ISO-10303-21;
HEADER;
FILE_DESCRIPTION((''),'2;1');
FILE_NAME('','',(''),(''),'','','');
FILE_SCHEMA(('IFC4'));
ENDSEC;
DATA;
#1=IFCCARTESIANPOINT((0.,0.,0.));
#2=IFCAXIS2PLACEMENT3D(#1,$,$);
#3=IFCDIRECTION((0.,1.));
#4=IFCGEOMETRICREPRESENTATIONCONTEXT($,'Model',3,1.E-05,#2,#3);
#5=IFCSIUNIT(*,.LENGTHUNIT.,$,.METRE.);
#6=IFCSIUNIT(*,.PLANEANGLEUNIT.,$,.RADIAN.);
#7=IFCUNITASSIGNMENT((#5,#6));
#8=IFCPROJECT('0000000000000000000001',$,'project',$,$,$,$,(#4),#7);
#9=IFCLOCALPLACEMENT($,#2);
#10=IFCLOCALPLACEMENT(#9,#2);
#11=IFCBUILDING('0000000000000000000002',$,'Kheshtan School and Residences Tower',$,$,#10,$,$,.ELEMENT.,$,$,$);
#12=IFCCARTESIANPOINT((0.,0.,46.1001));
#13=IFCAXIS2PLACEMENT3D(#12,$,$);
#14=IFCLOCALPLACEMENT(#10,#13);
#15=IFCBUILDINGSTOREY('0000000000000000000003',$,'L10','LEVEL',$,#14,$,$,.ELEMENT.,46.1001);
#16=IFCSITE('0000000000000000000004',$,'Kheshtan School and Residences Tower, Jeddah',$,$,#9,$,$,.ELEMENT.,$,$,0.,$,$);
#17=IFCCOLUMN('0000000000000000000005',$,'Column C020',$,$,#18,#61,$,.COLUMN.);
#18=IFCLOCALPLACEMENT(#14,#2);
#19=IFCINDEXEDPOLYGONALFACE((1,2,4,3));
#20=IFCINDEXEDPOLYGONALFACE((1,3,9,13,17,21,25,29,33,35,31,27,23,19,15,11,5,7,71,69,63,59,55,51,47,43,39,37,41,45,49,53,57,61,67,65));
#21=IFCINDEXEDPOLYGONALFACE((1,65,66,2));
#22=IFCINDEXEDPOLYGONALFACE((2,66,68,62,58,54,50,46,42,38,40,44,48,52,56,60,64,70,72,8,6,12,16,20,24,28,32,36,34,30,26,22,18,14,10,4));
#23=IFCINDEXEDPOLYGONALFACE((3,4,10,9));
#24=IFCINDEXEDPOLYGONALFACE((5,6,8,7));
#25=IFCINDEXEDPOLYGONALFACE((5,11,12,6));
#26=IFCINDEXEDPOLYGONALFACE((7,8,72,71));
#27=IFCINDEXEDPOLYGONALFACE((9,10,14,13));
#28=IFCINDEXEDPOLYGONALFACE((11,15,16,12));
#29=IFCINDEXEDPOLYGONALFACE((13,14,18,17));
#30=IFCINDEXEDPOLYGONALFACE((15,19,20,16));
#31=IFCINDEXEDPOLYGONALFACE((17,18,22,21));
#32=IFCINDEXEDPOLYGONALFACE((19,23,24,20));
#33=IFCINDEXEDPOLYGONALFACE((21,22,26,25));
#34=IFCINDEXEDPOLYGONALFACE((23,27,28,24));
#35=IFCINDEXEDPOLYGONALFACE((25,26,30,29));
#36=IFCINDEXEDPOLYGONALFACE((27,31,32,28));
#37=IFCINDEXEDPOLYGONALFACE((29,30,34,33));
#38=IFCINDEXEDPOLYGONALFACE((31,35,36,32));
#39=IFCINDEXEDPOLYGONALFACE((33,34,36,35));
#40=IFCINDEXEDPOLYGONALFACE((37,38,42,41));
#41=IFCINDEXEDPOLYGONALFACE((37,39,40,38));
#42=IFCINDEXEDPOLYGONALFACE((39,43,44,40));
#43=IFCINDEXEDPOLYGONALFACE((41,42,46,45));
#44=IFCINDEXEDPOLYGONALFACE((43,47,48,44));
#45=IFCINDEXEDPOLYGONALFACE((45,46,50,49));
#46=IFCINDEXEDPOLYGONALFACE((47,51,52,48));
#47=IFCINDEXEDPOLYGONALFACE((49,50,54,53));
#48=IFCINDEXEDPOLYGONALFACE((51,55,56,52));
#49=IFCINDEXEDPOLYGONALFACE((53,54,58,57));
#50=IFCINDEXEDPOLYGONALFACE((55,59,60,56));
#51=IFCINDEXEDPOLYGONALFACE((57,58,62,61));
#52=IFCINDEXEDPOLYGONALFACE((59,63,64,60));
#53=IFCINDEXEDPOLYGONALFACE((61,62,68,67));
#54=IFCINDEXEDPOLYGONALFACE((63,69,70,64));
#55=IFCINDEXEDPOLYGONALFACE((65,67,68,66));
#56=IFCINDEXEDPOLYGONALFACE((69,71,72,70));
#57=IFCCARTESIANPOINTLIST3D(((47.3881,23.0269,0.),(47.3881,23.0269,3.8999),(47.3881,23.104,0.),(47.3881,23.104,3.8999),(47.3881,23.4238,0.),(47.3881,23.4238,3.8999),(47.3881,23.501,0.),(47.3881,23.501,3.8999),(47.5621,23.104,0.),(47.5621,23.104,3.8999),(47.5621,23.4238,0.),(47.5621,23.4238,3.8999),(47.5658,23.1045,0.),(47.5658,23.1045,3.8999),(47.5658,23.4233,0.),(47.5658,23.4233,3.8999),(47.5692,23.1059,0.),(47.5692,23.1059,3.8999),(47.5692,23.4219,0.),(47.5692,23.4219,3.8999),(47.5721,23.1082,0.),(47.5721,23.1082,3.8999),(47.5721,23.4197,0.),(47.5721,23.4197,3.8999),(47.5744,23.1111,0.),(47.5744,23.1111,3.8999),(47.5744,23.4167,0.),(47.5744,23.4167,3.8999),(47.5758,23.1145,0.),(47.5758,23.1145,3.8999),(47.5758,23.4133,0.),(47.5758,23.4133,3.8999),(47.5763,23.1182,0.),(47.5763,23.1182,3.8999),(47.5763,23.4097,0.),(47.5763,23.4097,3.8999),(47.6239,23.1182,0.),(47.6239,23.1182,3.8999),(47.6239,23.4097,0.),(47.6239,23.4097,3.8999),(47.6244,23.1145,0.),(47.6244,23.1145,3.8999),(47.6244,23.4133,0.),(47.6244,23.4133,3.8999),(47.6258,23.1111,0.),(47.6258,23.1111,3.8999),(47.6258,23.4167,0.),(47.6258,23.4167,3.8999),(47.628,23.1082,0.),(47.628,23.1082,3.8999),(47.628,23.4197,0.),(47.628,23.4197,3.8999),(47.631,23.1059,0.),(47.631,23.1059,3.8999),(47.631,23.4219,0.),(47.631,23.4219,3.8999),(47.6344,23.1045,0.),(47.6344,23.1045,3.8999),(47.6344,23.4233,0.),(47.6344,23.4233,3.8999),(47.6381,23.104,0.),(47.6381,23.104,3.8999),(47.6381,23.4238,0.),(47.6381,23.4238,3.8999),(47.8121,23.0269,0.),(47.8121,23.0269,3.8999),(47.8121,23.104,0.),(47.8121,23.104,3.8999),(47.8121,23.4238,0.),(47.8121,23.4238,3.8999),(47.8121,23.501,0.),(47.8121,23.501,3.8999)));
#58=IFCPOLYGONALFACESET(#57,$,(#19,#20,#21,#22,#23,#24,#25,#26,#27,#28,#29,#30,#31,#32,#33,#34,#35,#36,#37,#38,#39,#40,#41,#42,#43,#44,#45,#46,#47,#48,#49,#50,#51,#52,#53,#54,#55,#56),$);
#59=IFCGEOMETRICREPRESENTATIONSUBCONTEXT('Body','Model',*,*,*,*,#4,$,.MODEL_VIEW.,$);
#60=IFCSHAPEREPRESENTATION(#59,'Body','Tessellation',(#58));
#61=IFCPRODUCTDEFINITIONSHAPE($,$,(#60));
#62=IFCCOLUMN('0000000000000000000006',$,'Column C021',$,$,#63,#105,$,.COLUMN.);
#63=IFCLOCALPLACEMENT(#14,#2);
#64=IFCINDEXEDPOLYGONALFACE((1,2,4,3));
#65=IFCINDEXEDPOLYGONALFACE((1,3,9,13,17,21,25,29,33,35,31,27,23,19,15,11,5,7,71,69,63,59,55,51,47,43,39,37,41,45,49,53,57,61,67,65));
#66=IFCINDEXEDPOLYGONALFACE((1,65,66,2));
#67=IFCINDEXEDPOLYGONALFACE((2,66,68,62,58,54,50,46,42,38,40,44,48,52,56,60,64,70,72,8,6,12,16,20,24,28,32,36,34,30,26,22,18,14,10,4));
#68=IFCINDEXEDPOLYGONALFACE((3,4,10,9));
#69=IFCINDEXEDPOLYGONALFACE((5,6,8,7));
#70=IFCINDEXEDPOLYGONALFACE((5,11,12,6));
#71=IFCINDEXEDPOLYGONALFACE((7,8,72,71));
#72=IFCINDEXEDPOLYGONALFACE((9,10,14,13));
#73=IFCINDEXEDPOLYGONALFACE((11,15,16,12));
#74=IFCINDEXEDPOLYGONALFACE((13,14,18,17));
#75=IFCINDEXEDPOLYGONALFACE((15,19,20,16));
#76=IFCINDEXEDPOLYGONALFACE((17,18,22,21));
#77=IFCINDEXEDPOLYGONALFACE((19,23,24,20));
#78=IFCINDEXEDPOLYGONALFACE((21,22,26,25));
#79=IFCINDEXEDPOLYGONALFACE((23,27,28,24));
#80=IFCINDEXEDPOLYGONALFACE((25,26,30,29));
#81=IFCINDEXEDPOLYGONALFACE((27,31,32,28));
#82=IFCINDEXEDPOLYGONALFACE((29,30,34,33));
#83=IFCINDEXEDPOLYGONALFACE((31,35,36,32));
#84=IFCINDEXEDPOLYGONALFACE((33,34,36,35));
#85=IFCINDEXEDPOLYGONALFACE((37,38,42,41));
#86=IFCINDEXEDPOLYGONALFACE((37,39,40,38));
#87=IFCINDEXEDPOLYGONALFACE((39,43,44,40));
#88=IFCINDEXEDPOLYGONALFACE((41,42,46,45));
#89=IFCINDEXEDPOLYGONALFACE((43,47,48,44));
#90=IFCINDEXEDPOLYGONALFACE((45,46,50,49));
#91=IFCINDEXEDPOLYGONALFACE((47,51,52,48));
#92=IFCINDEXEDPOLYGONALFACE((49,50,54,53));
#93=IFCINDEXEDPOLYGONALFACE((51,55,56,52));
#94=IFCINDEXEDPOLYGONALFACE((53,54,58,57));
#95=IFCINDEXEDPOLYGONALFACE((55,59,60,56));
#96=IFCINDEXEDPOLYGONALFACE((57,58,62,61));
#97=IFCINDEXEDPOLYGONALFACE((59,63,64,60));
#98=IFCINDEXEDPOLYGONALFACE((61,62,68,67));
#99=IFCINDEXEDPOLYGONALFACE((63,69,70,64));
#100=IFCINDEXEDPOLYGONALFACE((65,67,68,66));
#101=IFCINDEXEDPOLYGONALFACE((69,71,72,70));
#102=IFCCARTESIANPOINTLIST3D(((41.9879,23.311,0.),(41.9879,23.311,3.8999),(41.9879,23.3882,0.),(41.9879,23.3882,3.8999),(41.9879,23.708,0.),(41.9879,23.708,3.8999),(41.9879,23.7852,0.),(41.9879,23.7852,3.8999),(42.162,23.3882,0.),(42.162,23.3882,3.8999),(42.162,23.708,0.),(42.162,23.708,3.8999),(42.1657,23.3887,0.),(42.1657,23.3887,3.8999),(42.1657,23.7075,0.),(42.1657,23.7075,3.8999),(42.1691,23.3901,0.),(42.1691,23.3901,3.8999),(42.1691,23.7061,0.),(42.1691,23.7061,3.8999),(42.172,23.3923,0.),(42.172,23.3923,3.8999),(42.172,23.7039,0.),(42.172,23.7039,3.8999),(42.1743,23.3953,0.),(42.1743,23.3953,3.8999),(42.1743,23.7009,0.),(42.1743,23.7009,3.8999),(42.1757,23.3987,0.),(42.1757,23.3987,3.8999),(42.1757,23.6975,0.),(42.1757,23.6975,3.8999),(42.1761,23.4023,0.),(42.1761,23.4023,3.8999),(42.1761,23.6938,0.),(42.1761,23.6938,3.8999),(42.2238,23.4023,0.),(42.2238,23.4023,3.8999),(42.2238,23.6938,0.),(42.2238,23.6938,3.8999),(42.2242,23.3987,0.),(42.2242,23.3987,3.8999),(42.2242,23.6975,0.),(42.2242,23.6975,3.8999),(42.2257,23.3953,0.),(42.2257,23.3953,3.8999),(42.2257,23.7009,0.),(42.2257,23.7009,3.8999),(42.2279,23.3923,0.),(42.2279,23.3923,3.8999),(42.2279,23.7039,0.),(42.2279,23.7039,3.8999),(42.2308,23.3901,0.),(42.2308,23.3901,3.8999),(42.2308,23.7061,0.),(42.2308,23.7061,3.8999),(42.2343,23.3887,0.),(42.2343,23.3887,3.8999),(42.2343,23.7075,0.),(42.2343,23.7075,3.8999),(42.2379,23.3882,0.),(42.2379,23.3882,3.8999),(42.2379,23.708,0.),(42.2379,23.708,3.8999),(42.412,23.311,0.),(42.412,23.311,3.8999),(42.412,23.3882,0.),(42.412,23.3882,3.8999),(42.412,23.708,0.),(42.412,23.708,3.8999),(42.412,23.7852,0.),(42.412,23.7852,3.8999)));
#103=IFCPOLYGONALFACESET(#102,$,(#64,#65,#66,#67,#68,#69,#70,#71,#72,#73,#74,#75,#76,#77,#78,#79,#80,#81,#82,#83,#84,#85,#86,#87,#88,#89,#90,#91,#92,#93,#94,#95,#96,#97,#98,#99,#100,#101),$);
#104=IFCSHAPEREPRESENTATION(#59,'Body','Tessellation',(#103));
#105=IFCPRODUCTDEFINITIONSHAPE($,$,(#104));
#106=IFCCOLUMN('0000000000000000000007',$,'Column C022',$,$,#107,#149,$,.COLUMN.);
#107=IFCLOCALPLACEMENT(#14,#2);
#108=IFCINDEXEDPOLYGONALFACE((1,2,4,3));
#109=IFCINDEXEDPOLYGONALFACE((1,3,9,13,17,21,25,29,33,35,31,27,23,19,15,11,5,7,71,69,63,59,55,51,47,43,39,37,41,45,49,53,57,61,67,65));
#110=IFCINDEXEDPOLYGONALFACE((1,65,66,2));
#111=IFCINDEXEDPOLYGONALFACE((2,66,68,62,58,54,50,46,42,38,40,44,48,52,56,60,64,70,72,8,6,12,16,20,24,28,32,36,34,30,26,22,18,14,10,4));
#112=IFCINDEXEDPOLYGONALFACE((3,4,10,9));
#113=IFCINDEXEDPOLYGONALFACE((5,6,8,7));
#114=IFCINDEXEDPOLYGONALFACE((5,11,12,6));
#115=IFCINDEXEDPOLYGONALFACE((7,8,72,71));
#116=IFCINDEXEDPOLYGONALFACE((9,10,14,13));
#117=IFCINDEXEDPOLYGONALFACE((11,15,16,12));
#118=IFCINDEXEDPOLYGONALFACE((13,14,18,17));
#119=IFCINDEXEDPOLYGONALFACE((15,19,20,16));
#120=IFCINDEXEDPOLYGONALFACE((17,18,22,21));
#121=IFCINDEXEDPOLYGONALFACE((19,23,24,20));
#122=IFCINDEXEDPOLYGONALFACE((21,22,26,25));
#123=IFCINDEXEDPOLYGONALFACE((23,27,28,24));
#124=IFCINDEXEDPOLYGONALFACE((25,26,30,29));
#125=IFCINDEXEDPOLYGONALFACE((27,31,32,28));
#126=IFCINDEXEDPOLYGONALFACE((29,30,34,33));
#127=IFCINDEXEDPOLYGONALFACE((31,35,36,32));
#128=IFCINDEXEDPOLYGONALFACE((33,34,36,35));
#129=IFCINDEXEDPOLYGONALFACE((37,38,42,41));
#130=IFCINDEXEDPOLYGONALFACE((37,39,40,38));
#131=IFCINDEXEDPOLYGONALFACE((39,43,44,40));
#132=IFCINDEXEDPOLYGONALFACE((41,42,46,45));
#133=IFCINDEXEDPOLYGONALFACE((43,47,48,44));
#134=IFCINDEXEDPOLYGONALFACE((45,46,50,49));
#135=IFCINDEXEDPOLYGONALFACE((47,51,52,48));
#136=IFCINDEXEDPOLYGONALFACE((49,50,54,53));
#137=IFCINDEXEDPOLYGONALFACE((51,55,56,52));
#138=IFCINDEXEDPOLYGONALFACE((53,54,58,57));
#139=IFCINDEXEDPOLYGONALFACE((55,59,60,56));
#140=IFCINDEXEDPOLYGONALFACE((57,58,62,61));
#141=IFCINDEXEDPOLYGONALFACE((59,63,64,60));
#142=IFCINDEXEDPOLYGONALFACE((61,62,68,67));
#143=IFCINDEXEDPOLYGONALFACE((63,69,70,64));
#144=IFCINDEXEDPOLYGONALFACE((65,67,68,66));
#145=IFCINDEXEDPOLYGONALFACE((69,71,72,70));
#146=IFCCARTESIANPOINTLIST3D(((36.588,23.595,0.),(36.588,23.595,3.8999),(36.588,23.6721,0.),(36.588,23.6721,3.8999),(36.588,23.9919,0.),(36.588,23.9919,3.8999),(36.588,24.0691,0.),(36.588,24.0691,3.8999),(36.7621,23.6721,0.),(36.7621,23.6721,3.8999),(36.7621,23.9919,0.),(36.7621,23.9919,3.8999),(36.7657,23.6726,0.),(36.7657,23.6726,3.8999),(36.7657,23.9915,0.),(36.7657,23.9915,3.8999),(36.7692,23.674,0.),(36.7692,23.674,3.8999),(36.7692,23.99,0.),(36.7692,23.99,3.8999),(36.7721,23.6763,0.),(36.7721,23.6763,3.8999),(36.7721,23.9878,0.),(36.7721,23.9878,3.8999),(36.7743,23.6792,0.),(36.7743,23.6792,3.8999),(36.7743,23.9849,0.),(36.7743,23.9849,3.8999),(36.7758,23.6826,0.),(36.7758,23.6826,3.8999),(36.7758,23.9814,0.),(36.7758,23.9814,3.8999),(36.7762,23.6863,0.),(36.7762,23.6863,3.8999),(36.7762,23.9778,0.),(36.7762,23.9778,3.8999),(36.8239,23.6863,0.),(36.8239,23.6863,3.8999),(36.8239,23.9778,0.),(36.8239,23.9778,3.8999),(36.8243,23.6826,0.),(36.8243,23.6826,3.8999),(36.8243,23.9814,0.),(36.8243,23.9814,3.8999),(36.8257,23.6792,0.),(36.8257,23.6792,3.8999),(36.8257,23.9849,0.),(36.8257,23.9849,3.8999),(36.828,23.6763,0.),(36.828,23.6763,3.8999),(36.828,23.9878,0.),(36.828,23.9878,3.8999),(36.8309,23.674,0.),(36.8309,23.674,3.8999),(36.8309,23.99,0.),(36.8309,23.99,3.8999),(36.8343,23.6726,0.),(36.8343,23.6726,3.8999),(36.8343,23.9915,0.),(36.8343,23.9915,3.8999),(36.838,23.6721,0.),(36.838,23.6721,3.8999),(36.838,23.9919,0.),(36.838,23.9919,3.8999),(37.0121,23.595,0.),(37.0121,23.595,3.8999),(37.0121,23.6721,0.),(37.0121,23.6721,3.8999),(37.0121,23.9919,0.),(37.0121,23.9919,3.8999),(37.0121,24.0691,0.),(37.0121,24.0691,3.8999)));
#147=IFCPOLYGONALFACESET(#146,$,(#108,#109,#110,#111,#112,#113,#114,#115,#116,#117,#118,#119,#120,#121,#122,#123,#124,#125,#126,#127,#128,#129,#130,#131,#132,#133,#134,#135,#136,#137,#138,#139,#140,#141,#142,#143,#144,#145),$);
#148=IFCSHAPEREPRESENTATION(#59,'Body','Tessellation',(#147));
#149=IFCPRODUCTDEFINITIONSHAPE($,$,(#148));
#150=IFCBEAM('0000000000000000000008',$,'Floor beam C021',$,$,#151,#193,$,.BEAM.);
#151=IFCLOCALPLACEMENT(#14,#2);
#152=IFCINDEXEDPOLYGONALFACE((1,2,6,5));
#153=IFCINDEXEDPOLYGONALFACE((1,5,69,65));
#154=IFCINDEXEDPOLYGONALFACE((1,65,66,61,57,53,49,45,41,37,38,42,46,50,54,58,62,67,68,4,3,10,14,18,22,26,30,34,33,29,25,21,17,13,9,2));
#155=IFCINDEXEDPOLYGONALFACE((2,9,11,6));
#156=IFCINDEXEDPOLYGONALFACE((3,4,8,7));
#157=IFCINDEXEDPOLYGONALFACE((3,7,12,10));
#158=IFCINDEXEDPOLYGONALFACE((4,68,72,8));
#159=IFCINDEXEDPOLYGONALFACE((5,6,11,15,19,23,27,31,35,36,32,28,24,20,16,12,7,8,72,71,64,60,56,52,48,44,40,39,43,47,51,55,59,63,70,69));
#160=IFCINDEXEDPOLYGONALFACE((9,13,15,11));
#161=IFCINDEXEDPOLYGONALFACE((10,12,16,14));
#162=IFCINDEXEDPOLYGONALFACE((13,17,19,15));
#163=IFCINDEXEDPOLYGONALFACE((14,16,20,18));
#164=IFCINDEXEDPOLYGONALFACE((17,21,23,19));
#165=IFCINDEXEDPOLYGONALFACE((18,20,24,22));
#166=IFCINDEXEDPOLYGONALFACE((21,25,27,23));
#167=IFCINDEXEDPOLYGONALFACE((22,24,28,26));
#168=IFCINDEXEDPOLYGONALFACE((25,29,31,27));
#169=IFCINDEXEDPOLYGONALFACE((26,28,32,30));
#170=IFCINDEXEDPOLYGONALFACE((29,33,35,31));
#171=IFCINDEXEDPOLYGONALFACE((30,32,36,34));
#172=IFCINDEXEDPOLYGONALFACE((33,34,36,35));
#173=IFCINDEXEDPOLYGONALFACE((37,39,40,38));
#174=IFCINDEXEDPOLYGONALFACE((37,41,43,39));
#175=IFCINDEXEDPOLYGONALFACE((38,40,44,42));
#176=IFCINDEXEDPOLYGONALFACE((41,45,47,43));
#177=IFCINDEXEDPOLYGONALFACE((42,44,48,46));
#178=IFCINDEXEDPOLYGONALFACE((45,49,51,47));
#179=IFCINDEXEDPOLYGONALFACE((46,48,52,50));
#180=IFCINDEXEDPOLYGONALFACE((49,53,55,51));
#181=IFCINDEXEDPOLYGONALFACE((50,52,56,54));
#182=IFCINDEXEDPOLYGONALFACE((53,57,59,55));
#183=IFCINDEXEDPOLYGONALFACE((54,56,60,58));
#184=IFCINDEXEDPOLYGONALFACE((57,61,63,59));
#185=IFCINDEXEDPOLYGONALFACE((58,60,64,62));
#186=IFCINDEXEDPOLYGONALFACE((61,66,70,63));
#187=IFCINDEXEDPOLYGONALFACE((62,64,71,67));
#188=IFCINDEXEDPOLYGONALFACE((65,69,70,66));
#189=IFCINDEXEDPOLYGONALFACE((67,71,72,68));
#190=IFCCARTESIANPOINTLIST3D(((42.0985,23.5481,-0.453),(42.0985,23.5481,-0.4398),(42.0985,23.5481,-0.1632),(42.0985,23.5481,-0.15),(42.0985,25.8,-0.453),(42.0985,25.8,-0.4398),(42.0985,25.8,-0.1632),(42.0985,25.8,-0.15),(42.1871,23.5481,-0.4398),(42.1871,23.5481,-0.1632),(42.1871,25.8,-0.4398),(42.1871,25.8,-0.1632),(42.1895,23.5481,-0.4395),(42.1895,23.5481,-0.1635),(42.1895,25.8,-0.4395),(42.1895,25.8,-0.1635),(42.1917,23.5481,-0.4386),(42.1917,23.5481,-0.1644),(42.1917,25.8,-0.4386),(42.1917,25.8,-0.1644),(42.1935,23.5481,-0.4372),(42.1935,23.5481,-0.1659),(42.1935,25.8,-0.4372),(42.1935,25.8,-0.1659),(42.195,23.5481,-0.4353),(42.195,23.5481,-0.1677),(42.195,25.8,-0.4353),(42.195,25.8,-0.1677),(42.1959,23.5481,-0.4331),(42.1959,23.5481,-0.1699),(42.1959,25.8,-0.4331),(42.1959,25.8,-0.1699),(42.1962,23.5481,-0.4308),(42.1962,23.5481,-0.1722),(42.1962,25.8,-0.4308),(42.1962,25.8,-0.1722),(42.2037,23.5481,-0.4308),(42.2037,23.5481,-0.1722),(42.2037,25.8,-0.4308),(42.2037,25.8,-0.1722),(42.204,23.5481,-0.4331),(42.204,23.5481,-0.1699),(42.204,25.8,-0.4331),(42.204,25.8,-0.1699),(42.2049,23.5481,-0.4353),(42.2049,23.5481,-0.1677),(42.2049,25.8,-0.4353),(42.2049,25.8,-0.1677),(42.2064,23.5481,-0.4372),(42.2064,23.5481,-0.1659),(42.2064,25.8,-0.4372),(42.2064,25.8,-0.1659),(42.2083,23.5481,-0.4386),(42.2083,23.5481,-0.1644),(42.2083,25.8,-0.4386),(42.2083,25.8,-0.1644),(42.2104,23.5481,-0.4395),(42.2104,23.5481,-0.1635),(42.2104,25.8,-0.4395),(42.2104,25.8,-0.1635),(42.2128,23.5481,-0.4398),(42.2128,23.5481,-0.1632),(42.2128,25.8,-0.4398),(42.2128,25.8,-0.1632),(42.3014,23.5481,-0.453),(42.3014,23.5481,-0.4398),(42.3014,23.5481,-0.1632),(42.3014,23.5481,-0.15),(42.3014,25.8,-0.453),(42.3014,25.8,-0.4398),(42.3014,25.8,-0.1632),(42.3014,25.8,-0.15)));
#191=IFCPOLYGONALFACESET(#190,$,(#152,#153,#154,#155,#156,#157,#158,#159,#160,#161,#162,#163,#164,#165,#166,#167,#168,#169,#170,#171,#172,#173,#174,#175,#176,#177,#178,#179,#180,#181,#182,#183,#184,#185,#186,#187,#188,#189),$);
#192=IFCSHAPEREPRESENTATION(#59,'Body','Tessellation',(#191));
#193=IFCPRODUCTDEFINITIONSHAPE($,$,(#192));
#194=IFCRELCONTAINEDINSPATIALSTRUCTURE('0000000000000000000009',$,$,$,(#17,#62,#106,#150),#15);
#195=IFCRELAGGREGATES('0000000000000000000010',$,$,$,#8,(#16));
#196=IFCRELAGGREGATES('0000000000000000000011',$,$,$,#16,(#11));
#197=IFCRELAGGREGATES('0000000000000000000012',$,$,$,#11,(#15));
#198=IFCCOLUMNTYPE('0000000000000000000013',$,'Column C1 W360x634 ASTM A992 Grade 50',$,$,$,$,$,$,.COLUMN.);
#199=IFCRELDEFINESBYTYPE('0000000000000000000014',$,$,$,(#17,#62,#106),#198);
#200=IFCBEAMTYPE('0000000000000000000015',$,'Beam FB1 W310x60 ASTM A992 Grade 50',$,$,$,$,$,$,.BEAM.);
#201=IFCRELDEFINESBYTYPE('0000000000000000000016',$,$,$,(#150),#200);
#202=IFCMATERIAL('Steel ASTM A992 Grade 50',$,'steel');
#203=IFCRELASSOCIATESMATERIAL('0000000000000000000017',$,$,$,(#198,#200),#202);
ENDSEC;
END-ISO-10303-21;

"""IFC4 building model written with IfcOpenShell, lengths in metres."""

from ifc_helpers import new_model, si_unit, direction, frame, origin, origin_2d, place, context, subcontext, project, spatial, i_section, extrude, material, material_profile, profile_set, type_object, element, save


model = new_model("IFC4")

# Units and contexts
model_context = context("Model", 3, precision=1e-05, world=origin(), true_north=direction((0.0, 1.0)))
body_context = subcontext(model_context, "Body", "Model", "MODEL_VIEW")
ifc_project = project(units=[si_unit("LENGTHUNIT", "METRE"), si_unit("PLANEANGLEUNIT", "RADIAN")], contexts=[model_context])

# Site, building, storey
site_placement = place(None, origin())
site = spatial("IfcSite", under=ifc_project, at=site_placement, Name="Kheshtan School and Residences Tower, Jeddah", CompositionType="ELEMENT", RefElevation=0.0)
building_placement = place(site_placement, origin())
building = spatial("IfcBuilding", under=site, at=building_placement, Name="Kheshtan School and Residences Tower", CompositionType="ELEMENT")
storey_placement = place(building_placement, frame((0.0, 0.0, 46.1001)))
storey = spatial("IfcBuildingStorey", under=building, at=storey_placement, Name="L10", Description="LEVEL", CompositionType="ELEMENT", Elevation=46.1001)

# Columns
ifc_material_1 = material(Name="Steel ASTM A992 Grade 50", Category="steel")
ifc_material_profile_1 = material_profile(ifc_material_1, i_section(OverallWidth=0.4241, OverallDepth=0.4741, WebThickness=0.0476, FlangeThickness=0.0771, FilletRadius=0.0142, at=origin_2d()), Name="W360x634")
ifc_profile_set_1 = profile_set([ifc_material_profile_1], Name="Steel ASTM A992 Grade 50")
column_type = type_object("IfcColumnType", Name="Column C1 W360x634 ASTM A992 Grade 50", PredefinedType="COLUMN", material=ifc_profile_set_1)
for number, where, z_axis, x_axis, name in (
    (1, (47.6001, 23.2639, 0.0), (0.0, 0.0, 1.0), (1.0, 0.0, 0.0), "Column C020"),
    (2, (42.2, 23.5481, 0.0), (0.0, 0.0, 1.0), (1.0, 0.0, 0.0), "Column C021"),
    (3, (36.8, 23.832, 0.0), (0.0, 0.0, 1.0), (1.0, 0.0, 0.0), "Column C022"),
):
    element("IfcColumn", number, at=place(storey_placement, frame(where, z_axis=z_axis, x_axis=x_axis)), inside=storey, type_object=column_type, Name=name, PredefinedType="COLUMN", context=body_context, shape_type="SweptSolid", body=[
        extrude(i_section(OverallWidth=0.4241, OverallDepth=0.4741, WebThickness=0.0476, FlangeThickness=0.0771, FilletRadius=0.0142, at=origin_2d()), origin(), (0.0, 0.0, 1.0), 3.8999),
    ])

# Beam
ifc_material_profile_2 = material_profile(ifc_material_1, i_section(OverallWidth=0.2029, OverallDepth=0.303, WebThickness=0.0076, FlangeThickness=0.0132, FilletRadius=0.009, at=origin_2d()), Name="W310x60")
ifc_profile_set_2 = profile_set([ifc_material_profile_2], Name="Steel ASTM A992 Grade 50")
beam_type_1 = type_object("IfcBeamType", Name="Beam FB1 W310x60 ASTM A992 Grade 50", PredefinedType="BEAM", material=ifc_profile_set_2)
beam_1_placement = place(storey_placement, frame((42.2, 23.5481, -0.3015), z_axis=(0.0, 1.0, 0.0), x_axis=(-1.0, 0.0, 0.0)))
element("IfcBeam", 4, at=beam_1_placement, inside=storey, type_object=beam_type_1, Name="Floor beam C021", PredefinedType="BEAM", context=body_context, shape_type="SweptSolid", body=[
    extrude(i_section(OverallWidth=0.2029, OverallDepth=0.303, WebThickness=0.0076, FlangeThickness=0.0132, FilletRadius=0.009, at=origin_2d()), origin(), (0.0, 0.0, 1.0), 2.252),
])

save(model, "model.ifc")
